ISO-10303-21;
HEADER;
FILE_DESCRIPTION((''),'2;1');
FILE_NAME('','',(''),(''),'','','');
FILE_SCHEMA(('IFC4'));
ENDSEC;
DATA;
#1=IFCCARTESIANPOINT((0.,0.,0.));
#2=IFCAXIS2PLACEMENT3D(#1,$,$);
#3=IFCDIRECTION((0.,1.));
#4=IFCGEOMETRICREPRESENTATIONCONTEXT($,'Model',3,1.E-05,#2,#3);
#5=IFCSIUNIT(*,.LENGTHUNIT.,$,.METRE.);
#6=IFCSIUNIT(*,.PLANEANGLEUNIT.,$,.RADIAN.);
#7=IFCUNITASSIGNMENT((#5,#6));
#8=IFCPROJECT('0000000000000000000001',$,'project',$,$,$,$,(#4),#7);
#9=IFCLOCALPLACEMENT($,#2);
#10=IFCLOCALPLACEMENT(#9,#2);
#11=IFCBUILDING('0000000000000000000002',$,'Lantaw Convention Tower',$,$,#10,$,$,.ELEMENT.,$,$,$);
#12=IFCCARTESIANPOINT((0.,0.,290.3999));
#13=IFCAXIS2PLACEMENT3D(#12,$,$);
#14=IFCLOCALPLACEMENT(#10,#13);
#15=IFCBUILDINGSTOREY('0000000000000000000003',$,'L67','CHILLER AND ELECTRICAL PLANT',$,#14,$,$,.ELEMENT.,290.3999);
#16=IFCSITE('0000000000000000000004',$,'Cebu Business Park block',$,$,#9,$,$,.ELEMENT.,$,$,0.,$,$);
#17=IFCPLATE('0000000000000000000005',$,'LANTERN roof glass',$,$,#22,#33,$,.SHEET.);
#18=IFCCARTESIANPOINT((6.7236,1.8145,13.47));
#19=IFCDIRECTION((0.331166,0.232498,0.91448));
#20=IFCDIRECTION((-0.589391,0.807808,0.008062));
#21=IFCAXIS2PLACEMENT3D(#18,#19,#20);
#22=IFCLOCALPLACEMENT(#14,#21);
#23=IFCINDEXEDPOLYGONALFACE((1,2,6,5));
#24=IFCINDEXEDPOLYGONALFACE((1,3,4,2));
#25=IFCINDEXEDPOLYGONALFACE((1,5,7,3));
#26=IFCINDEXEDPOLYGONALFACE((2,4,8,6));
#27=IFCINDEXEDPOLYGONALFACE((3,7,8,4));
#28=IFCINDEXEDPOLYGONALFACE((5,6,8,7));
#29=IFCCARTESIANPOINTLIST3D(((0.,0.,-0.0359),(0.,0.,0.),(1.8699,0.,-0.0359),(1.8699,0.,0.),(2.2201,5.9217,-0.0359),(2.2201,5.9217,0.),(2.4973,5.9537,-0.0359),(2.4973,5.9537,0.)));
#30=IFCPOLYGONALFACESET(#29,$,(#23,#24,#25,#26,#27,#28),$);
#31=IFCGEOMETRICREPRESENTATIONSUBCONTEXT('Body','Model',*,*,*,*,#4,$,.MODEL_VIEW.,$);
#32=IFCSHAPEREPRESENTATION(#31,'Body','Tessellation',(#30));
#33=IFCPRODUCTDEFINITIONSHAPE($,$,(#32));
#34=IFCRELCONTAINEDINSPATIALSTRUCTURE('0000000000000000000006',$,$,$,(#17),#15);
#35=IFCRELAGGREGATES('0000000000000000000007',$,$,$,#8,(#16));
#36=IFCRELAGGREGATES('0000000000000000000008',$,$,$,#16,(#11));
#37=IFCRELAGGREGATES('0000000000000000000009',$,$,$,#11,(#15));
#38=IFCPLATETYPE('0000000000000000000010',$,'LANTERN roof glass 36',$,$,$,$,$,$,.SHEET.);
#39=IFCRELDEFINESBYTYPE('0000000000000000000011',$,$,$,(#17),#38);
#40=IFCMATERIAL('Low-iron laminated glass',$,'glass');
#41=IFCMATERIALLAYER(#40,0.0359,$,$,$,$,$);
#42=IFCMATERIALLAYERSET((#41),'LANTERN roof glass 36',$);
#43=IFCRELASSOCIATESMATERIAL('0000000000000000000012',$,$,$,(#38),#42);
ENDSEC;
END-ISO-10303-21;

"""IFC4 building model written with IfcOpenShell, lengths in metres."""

from ifc_helpers import new_model, si_unit, direction, frame, origin, place, context, subcontext, project, spatial, polyline, outline, extrude, material, layer, layer_set, type_object, element, save


model = new_model("IFC4")

# Units and contexts
model_context = context("Model", 3, precision=1e-05, world=origin(), true_north=direction((0.0, 1.0)))
body_context = subcontext(model_context, "Body", "Model", "MODEL_VIEW")
ifc_project = project(units=[si_unit("LENGTHUNIT", "METRE"), si_unit("PLANEANGLEUNIT", "RADIAN")], contexts=[model_context])

# Site, building, storey
site_placement = place(None, origin())
site = spatial("IfcSite", under=ifc_project, at=site_placement, Name="Cebu Business Park block", CompositionType="ELEMENT", RefElevation=0.0)
building_placement = place(site_placement, origin())
building = spatial("IfcBuilding", under=site, at=building_placement, Name="Lantaw Convention Tower", CompositionType="ELEMENT")
storey_placement = place(building_placement, frame((0.0, 0.0, 290.3999)))
storey = spatial("IfcBuildingStorey", under=building, at=storey_placement, Name="L67", Description="CHILLER AND ELECTRICAL PLANT", CompositionType="ELEMENT", Elevation=290.3999)

# Shared definitions
ifc_material_1 = material(Name="Low-iron laminated glass", Category="glass")

# Plate
ifc_layer_1 = layer(ifc_material_1, 0.0359)
ifc_layer_set_1 = layer_set([ifc_layer_1], Name="LANTERN roof glass 36")
plate_type_1 = type_object("IfcPlateType", Name="LANTERN roof glass 36", PredefinedType="SHEET", material=ifc_layer_set_1)
plate_1_placement = place(storey_placement, frame((6.7236, 1.8145, 13.47), z_axis=(0.331166, 0.232498, 0.91448), x_axis=(-0.589391, 0.807808, 0.008062)))
element("IfcPlate", 1, at=plate_1_placement, inside=storey, type_object=plate_type_1, Name="LANTERN roof glass", PredefinedType="SHEET", context=body_context, shape_type="SweptSolid", body=[
    extrude(outline(polyline([(0.0, 0.0), (1.8699, 0.0), (2.4973, 5.9537), (2.2201, 5.9217), (0.0, 0.0)])), origin(), (0.0, 0.0, -1.0), 0.0359),
])

save(model, "model.ifc")
